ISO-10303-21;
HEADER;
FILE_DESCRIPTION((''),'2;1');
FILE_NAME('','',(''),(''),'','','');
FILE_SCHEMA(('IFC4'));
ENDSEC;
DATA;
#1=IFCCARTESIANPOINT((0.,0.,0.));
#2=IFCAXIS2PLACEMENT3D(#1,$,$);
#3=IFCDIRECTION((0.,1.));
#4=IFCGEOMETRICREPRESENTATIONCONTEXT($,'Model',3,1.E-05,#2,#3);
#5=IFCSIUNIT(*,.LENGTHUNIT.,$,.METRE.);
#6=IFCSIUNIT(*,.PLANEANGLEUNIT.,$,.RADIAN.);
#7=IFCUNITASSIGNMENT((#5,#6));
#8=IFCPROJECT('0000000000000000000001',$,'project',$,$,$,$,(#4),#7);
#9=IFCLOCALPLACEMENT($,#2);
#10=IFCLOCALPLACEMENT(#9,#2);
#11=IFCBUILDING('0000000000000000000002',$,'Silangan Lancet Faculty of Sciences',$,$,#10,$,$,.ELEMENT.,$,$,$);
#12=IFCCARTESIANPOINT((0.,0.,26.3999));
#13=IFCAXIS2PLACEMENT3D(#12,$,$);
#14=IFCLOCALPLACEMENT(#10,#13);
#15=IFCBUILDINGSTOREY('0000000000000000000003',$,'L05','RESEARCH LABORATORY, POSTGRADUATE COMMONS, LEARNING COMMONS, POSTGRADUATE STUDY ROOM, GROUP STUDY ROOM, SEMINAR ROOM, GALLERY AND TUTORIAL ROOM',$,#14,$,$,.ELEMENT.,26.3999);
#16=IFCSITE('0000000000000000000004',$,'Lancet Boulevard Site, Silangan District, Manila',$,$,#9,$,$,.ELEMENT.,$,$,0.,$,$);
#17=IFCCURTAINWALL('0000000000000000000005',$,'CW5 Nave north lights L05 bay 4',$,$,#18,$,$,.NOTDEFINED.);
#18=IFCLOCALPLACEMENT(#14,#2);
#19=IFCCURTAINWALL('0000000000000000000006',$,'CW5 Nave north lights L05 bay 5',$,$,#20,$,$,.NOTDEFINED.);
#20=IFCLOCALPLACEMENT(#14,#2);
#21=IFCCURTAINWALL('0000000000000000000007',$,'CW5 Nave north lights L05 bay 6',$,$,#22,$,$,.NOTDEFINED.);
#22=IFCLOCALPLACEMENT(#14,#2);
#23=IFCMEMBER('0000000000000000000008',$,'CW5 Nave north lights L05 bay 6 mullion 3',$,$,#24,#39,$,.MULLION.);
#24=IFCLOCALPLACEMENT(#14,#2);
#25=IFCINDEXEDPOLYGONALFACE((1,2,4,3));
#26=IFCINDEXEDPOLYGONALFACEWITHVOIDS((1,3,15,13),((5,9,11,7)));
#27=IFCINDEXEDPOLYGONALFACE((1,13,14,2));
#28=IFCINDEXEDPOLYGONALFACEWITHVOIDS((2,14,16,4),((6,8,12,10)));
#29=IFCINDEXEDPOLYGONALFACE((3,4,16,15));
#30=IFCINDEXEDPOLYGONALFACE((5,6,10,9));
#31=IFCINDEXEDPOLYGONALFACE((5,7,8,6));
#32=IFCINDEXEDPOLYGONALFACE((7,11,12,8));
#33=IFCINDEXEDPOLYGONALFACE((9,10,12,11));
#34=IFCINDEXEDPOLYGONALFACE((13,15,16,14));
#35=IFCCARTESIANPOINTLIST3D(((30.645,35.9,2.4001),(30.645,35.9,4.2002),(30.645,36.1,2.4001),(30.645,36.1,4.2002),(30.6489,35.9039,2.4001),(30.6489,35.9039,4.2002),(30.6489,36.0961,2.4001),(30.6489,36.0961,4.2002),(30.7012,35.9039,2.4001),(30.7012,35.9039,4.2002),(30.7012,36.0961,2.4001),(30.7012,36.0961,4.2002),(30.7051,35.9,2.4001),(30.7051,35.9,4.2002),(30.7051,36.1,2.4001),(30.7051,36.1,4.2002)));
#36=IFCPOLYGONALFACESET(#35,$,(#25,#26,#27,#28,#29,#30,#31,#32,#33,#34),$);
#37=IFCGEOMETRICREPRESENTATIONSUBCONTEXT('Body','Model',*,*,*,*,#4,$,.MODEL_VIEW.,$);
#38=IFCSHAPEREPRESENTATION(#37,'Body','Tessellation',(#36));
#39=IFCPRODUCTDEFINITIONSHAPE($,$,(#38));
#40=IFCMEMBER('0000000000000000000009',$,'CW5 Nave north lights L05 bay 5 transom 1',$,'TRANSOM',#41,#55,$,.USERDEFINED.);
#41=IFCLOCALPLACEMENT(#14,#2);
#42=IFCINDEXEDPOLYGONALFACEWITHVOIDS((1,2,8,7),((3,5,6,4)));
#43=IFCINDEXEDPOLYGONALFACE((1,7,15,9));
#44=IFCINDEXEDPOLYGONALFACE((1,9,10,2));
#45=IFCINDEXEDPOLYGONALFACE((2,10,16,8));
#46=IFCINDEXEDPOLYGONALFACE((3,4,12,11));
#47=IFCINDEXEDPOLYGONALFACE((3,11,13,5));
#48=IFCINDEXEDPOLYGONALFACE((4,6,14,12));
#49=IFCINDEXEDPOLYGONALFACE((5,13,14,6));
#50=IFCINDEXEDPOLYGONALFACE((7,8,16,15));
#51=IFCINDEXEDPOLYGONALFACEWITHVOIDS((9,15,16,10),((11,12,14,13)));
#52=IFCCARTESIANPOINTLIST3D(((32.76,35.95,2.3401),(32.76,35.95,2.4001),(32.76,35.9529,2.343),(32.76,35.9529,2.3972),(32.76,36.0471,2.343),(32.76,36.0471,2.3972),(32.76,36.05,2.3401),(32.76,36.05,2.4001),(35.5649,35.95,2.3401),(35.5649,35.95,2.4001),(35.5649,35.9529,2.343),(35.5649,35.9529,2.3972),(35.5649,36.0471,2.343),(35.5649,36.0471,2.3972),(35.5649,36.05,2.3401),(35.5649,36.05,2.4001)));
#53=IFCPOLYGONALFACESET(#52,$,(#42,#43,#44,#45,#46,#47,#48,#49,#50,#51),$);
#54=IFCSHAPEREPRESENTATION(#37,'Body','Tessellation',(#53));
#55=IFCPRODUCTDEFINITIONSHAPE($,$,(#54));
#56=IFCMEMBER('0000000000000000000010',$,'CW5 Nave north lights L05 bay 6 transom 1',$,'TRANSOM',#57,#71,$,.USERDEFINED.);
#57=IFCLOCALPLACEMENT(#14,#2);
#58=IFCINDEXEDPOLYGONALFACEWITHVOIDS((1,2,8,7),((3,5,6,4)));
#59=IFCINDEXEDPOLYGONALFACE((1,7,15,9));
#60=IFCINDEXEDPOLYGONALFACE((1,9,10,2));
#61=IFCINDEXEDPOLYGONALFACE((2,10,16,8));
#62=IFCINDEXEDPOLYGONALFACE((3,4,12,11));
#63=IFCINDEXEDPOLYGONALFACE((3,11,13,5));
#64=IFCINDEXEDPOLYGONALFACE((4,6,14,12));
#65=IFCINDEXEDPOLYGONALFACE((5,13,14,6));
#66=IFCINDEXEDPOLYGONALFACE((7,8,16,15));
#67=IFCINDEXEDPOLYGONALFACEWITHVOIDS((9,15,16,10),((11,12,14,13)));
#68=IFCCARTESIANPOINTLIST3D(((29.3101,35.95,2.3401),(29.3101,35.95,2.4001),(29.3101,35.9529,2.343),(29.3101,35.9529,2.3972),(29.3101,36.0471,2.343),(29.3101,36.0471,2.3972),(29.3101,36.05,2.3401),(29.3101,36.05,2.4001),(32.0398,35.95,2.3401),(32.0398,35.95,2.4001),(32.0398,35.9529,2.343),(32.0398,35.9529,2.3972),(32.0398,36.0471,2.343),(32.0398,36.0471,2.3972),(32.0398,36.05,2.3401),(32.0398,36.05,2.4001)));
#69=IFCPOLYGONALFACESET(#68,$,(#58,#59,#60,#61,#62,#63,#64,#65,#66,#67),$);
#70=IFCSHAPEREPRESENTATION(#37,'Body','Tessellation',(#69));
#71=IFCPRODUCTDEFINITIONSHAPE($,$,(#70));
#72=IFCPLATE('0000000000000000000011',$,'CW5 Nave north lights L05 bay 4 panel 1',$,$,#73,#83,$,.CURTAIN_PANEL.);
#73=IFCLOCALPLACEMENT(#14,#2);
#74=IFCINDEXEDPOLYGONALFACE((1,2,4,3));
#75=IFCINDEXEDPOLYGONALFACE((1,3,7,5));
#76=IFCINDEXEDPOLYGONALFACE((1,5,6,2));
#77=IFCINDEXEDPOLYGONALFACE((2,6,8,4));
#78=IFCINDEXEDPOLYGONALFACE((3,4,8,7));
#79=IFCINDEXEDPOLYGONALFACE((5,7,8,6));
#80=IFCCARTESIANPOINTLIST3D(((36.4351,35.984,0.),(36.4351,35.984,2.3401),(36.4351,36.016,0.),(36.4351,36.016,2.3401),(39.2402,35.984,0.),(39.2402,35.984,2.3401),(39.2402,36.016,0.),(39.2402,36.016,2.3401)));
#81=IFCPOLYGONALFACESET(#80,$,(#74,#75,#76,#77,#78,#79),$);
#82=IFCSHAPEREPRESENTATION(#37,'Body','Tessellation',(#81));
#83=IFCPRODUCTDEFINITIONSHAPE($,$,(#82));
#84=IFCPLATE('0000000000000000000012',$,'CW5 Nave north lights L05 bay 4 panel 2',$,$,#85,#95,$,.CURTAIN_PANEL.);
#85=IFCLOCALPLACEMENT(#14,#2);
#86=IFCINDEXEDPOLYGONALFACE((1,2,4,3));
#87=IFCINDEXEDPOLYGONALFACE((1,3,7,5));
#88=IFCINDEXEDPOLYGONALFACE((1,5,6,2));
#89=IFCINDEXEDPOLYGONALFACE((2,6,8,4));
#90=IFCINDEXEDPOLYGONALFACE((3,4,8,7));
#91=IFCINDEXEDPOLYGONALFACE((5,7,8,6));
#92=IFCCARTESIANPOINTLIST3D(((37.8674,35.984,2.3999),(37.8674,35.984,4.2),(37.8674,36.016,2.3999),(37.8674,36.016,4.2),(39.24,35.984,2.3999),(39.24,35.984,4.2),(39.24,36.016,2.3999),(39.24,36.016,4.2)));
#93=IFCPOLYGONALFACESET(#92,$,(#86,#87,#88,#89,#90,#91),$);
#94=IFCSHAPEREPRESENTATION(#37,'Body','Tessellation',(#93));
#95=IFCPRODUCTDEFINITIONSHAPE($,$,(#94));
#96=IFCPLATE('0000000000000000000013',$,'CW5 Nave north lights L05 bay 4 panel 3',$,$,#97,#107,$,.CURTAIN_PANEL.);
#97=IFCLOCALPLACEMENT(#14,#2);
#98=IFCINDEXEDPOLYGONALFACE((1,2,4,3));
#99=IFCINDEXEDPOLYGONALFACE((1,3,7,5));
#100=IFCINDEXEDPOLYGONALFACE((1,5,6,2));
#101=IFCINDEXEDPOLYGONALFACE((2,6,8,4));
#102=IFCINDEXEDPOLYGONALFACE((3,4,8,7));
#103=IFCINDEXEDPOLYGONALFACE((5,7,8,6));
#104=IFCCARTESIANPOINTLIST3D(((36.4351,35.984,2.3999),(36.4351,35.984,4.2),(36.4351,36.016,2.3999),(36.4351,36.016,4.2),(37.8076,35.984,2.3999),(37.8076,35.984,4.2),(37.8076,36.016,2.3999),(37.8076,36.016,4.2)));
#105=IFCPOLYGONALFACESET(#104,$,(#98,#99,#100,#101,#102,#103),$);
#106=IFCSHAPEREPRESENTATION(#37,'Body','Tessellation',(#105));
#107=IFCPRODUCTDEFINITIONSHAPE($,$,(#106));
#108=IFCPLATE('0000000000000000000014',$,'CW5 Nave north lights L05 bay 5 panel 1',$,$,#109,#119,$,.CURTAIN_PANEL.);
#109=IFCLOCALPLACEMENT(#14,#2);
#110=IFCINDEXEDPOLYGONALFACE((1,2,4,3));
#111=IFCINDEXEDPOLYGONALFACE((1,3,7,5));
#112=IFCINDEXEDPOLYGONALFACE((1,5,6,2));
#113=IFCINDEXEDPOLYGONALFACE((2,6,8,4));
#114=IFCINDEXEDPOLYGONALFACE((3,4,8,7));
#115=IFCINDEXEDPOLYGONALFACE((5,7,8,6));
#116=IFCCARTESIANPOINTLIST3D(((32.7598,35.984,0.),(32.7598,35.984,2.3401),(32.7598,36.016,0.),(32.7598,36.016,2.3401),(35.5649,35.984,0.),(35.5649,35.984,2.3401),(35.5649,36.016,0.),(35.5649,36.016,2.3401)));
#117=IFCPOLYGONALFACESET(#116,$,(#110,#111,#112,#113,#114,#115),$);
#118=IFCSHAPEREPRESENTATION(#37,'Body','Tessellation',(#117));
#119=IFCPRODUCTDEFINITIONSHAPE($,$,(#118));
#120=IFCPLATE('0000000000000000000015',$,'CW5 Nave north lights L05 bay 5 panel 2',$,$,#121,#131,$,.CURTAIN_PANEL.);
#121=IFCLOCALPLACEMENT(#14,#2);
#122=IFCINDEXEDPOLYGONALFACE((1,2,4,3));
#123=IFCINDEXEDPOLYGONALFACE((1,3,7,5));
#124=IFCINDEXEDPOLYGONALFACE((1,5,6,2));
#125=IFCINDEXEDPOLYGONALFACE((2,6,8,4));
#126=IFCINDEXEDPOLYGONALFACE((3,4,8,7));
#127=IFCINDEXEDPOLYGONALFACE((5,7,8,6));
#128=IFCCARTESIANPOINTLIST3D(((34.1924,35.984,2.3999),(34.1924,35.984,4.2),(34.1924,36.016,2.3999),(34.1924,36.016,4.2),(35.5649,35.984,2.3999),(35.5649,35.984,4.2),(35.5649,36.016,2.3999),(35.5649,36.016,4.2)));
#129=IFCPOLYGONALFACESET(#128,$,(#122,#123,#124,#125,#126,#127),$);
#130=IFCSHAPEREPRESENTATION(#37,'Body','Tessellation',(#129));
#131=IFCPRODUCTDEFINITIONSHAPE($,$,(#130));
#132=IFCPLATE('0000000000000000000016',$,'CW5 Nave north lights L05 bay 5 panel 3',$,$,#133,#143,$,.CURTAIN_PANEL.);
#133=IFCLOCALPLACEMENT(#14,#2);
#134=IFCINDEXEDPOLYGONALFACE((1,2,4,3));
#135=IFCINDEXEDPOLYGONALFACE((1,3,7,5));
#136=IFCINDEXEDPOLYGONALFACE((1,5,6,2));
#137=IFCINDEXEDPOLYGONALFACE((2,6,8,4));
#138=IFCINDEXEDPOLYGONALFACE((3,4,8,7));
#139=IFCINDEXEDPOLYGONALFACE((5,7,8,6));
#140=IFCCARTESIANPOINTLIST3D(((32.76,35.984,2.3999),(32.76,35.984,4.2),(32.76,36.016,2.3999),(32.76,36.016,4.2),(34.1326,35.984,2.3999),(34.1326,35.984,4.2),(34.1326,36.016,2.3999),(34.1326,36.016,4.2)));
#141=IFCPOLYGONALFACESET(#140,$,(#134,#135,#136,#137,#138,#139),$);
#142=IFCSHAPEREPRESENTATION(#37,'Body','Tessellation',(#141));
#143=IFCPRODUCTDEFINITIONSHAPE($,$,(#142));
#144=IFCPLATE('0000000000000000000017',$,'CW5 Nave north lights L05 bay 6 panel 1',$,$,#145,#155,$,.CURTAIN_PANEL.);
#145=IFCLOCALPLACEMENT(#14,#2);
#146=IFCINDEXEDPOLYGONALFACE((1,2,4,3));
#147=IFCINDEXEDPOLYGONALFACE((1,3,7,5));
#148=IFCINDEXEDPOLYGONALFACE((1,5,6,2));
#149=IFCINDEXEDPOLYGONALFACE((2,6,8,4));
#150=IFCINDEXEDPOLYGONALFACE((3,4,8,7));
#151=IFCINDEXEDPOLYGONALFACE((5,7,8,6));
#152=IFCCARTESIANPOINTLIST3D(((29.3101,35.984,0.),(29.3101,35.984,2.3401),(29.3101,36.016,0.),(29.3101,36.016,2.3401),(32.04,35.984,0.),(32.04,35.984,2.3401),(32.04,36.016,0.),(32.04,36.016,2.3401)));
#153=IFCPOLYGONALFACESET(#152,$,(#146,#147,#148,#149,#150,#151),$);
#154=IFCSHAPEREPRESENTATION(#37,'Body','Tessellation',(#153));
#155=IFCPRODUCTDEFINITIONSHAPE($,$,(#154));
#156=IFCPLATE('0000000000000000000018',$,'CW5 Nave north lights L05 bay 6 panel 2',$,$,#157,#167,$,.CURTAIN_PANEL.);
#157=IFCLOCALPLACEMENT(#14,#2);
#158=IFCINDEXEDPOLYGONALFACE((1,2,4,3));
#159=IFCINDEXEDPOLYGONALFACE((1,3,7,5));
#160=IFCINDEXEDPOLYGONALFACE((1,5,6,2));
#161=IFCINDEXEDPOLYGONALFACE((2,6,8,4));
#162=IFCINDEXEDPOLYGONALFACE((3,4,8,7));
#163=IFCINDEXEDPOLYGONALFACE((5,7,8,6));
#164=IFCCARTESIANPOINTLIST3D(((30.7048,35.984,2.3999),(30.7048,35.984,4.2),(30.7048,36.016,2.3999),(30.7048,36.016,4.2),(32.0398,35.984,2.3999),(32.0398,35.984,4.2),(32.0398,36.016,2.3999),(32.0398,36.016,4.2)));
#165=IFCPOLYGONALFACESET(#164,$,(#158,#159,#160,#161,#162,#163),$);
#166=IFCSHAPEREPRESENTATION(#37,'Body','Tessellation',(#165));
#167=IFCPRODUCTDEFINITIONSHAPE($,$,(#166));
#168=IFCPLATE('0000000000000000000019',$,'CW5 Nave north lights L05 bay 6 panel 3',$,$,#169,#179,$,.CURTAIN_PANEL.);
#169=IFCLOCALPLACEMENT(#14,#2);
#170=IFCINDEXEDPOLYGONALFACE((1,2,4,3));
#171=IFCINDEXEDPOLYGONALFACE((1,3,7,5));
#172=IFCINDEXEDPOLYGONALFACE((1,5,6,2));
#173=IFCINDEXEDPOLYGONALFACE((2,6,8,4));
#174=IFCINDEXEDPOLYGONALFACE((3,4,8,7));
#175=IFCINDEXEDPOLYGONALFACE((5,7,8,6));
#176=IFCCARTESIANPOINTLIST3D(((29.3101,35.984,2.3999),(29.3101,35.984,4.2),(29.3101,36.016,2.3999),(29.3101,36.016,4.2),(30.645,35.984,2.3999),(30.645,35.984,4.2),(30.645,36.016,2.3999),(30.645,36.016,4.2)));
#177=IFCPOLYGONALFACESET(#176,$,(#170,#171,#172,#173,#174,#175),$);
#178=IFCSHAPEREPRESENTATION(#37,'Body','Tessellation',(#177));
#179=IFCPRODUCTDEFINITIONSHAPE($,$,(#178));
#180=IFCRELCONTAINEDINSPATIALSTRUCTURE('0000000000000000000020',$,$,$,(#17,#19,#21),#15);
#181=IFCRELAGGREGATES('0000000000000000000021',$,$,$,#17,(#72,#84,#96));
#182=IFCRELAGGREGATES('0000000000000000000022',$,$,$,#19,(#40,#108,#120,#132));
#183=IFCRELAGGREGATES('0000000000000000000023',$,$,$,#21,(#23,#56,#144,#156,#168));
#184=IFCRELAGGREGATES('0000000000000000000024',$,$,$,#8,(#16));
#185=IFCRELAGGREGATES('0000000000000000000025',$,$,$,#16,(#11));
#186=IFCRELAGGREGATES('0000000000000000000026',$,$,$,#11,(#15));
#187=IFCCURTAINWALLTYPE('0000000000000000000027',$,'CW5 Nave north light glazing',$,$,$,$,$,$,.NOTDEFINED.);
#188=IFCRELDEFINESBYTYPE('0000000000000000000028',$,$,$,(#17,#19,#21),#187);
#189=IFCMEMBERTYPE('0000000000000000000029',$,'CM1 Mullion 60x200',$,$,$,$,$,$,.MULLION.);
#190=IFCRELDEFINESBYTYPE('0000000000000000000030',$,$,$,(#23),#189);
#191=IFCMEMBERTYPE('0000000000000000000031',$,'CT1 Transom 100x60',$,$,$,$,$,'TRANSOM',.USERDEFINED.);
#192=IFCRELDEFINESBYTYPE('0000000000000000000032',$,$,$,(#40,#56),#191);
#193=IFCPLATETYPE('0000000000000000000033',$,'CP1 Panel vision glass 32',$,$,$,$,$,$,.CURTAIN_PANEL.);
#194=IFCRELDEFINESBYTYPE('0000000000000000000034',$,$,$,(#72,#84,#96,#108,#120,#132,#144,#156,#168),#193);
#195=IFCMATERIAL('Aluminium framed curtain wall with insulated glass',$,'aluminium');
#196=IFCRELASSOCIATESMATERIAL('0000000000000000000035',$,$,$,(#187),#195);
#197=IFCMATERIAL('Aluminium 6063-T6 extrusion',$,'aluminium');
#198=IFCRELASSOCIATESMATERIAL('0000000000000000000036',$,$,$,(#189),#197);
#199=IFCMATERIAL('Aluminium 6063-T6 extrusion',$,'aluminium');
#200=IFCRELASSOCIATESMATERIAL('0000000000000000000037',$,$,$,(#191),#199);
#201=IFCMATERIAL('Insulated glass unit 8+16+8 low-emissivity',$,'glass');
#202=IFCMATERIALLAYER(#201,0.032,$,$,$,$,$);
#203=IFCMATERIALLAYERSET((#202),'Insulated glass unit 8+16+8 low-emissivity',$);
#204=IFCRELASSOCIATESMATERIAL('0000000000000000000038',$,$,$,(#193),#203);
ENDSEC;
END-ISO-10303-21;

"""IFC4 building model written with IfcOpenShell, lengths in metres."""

from ifc_helpers import new_model, si_unit, direction, frame, origin, origin_2d, place, context, subcontext, project, spatial, rectangle, hollow_rectangle, extrude, material, layer, layer_set, material_profile, profile_set, type_object, element, aggregate, save


model = new_model("IFC4")

# Units and contexts
model_context = context("Model", 3, precision=1e-05, world=origin(), true_north=direction((0.0, 1.0)))
body_context = subcontext(model_context, "Body", "Model", "MODEL_VIEW")
ifc_project = project(units=[si_unit("LENGTHUNIT", "METRE"), si_unit("PLANEANGLEUNIT", "RADIAN")], contexts=[model_context])

# Site, building, storey
site_placement = place(None, origin())
site = spatial("IfcSite", under=ifc_project, at=site_placement, Name="Lancet Boulevard Site, Silangan District, Manila", CompositionType="ELEMENT", RefElevation=0.0)
building_placement = place(site_placement, origin())
building = spatial("IfcBuilding", under=site, at=building_placement, Name="Silangan Lancet Faculty of Sciences", CompositionType="ELEMENT")
storey_placement = place(building_placement, frame((0.0, 0.0, 26.3999)))
storey = spatial("IfcBuildingStorey", under=building, at=storey_placement, Name="L05", Description="RESEARCH LABORATORY, POSTGRADUATE COMMONS, LEARNING COMMONS, POSTGRADUATE STUDY ROOM, GROUP STUDY ROOM, SEMINAR ROOM, GALLERY AND TUTORIAL ROOM", CompositionType="ELEMENT", Elevation=26.3999)

# Curtain walls, member
ifc_material_1 = material(Name="Aluminium framed curtain wall with insulated glass", Category="aluminium")
curtain_wall_type = type_object("IfcCurtainWallType", Name="CW5 Nave north light glazing", PredefinedType="NOTDEFINED", material=ifc_material_1)
curtain_wall_1_placement = place(storey_placement, origin())
curtain_wall_1 = element("IfcCurtainWall", 1, at=curtain_wall_1_placement, inside=storey, type_object=curtain_wall_type, Name="CW5 Nave north lights L05 bay 4", PredefinedType="NOTDEFINED")
ifc_material_2 = material(Name="Aluminium 6063-T6 extrusion", Category="aluminium")
ifc_material_profile_1 = material_profile(ifc_material_2, hollow_rectangle(XDim=0.0601, YDim=0.2, WallThickness=0.0039, at=origin_2d()), Name="AL BOX 60x200x4")
ifc_profile_set_1 = profile_set([ifc_material_profile_1], Name="Aluminium 6063-T6 extrusion")
member_type_1 = type_object("IfcMemberType", Name="CM1 Mullion 60x200", PredefinedType="MULLION", material=ifc_profile_set_1)
curtain_wall_2_placement = place(storey_placement, origin())
curtain_wall_2 = element("IfcCurtainWall", 2, at=curtain_wall_2_placement, inside=storey, type_object=curtain_wall_type, Name="CW5 Nave north lights L05 bay 5", PredefinedType="NOTDEFINED")
curtain_wall_3_placement = place(storey_placement, origin())
curtain_wall_3 = element("IfcCurtainWall", 3, at=curtain_wall_3_placement, inside=storey, type_object=curtain_wall_type, Name="CW5 Nave north lights L05 bay 6", PredefinedType="NOTDEFINED")
member_1_placement = place(storey_placement, frame((30.675, 36.0, 2.4001), z_axis=(0.0, 0.0, 1.0), x_axis=(-1.0, 0.0, 0.0)))
member_1 = element("IfcMember", 4, at=member_1_placement, type_object=member_type_1, Name="CW5 Nave north lights L05 bay 6 mullion 3", PredefinedType="MULLION", context=body_context, shape_type="SweptSolid", body=[
    extrude(hollow_rectangle(XDim=0.0601, YDim=0.2, WallThickness=0.0039, at=origin_2d()), origin(), (0.0, 0.0, 1.0), 1.8),
])

# Members
ifc_material_3 = material(Name="Aluminium 6063-T6 extrusion", Category="aluminium")
ifc_material_profile_2 = material_profile(ifc_material_3, hollow_rectangle(XDim=0.1001, YDim=0.0601, WallThickness=0.0029, at=origin_2d()), Name="AL BOX 100x60x3")
ifc_profile_set_2 = profile_set([ifc_material_profile_2], Name="Aluminium 6063-T6 extrusion")
member_type_2 = type_object("IfcMemberType", Name="CT1 Transom 100x60", ElementType="TRANSOM", PredefinedType="USERDEFINED", material=ifc_profile_set_2)
member_2_placement = place(storey_placement, frame((35.5649, 36.0, 2.3701), z_axis=(-1.0, 0.0, 0.0), x_axis=(0.0, -1.0, 0.0)))
member_2 = element("IfcMember", 5, at=member_2_placement, type_object=member_type_2, Name="CW5 Nave north lights L05 bay 5 transom 1", ObjectType="TRANSOM", PredefinedType="USERDEFINED", context=body_context, shape_type="SweptSolid", body=[
    extrude(hollow_rectangle(XDim=0.1001, YDim=0.0601, WallThickness=0.0029, at=origin_2d()), origin(), (0.0, 0.0, 1.0), 2.8049),
])
member_3_placement = place(storey_placement, frame((32.0398, 36.0, 2.3701), z_axis=(-1.0, 0.0, 0.0), x_axis=(0.0, -1.0, 0.0)))
member_3 = element("IfcMember", 6, at=member_3_placement, type_object=member_type_2, Name="CW5 Nave north lights L05 bay 6 transom 1", ObjectType="TRANSOM", PredefinedType="USERDEFINED", context=body_context, shape_type="SweptSolid", body=[
    extrude(hollow_rectangle(XDim=0.1001, YDim=0.0601, WallThickness=0.0029, at=origin_2d()), origin(), (0.0, 0.0, 1.0), 2.7297),
])

# Plates
ifc_material_4 = material(Name="Insulated glass unit 8+16+8 low-emissivity", Category="glass")
ifc_layer = layer(ifc_material_4, 0.032)
ifc_layer_set = layer_set([ifc_layer], Name="Insulated glass unit 8+16+8 low-emissivity")
plate_type = type_object("IfcPlateType", Name="CP1 Panel vision glass 32", PredefinedType="CURTAIN_PANEL", material=ifc_layer_set)
plate_1_placement = place(storey_placement, frame((37.8376, 36.0, 0.0), z_axis=(0.0, 0.0, 1.0), x_axis=(-1.0, 0.0, 0.0)))
plate_1 = element("IfcPlate", 7, at=plate_1_placement, type_object=plate_type, Name="CW5 Nave north lights L05 bay 4 panel 1", PredefinedType="CURTAIN_PANEL", context=body_context, shape_type="SweptSolid", body=[
    extrude(rectangle(XDim=2.8052, YDim=0.032, at=origin_2d()), origin(), (0.0, 0.0, 1.0), 2.3401),
])
plate_2_placement = place(storey_placement, frame((38.5537, 36.0, 2.3999), z_axis=(0.0, 0.0, 1.0), x_axis=(-1.0, 0.0, 0.0)))
plate_2 = element("IfcPlate", 8, at=plate_2_placement, type_object=plate_type, Name="CW5 Nave north lights L05 bay 4 panel 2", PredefinedType="CURTAIN_PANEL", context=body_context, shape_type="SweptSolid", body=[
    extrude(rectangle(XDim=1.3726, YDim=0.032, at=origin_2d()), origin(), (0.0, 0.0, 1.0), 1.8),
])
plate_3_placement = place(storey_placement, frame((37.1213, 36.0, 2.3999), z_axis=(0.0, 0.0, 1.0), x_axis=(-1.0, 0.0, 0.0)))
plate_3 = element("IfcPlate", 9, at=plate_3_placement, type_object=plate_type, Name="CW5 Nave north lights L05 bay 4 panel 3", PredefinedType="CURTAIN_PANEL", context=body_context, shape_type="SweptSolid", body=[
    extrude(rectangle(XDim=1.3726, YDim=0.032, at=origin_2d()), origin(), (0.0, 0.0, 1.0), 1.8),
])
aggregate(curtain_wall_1, [plate_1, plate_2, plate_3])
plate_4_placement = place(storey_placement, frame((34.1624, 36.0, 0.0), z_axis=(0.0, 0.0, 1.0), x_axis=(-1.0, 0.0, 0.0)))
plate_4 = element("IfcPlate", 10, at=plate_4_placement, type_object=plate_type, Name="CW5 Nave north lights L05 bay 5 panel 1", PredefinedType="CURTAIN_PANEL", context=body_context, shape_type="SweptSolid", body=[
    extrude(rectangle(XDim=2.8052, YDim=0.032, at=origin_2d()), origin(), (0.0, 0.0, 1.0), 2.3401),
])
plate_5_placement = place(storey_placement, frame((34.8787, 36.0, 2.3999), z_axis=(0.0, 0.0, 1.0), x_axis=(-1.0, 0.0, 0.0)))
plate_5 = element("IfcPlate", 11, at=plate_5_placement, type_object=plate_type, Name="CW5 Nave north lights L05 bay 5 panel 2", PredefinedType="CURTAIN_PANEL", context=body_context, shape_type="SweptSolid", body=[
    extrude(rectangle(XDim=1.3726, YDim=0.032, at=origin_2d()), origin(), (0.0, 0.0, 1.0), 1.8),
])
plate_6_placement = place(storey_placement, frame((33.4463, 36.0, 2.3999), z_axis=(0.0, 0.0, 1.0), x_axis=(-1.0, 0.0, 0.0)))
plate_6 = element("IfcPlate", 12, at=plate_6_placement, type_object=plate_type, Name="CW5 Nave north lights L05 bay 5 panel 3", PredefinedType="CURTAIN_PANEL", context=body_context, shape_type="SweptSolid", body=[
    extrude(rectangle(XDim=1.3726, YDim=0.032, at=origin_2d()), origin(), (0.0, 0.0, 1.0), 1.8),
])
aggregate(curtain_wall_2, [member_2, plate_4, plate_5, plate_6])
plate_7_placement = place(storey_placement, frame((30.675, 36.0, 0.0), z_axis=(0.0, 0.0, 1.0), x_axis=(-1.0, 0.0, 0.0)))
plate_7 = element("IfcPlate", 13, at=plate_7_placement, type_object=plate_type, Name="CW5 Nave north lights L05 bay 6 panel 1", PredefinedType="CURTAIN_PANEL", context=body_context, shape_type="SweptSolid", body=[
    extrude(rectangle(XDim=2.73, YDim=0.032, at=origin_2d()), origin(), (0.0, 0.0, 1.0), 2.3401),
])
plate_8_placement = place(storey_placement, frame((31.3723, 36.0, 2.3999), z_axis=(0.0, 0.0, 1.0), x_axis=(-1.0, 0.0, 0.0)))
plate_8 = element("IfcPlate", 14, at=plate_8_placement, type_object=plate_type, Name="CW5 Nave north lights L05 bay 6 panel 2", PredefinedType="CURTAIN_PANEL", context=body_context, shape_type="SweptSolid", body=[
    extrude(rectangle(XDim=1.335, YDim=0.032, at=origin_2d()), origin(), (0.0, 0.0, 1.0), 1.8),
])
plate_9_placement = place(storey_placement, frame((29.9775, 36.0, 2.3999), z_axis=(0.0, 0.0, 1.0), x_axis=(-1.0, 0.0, 0.0)))
plate_9 = element("IfcPlate", 15, at=plate_9_placement, type_object=plate_type, Name="CW5 Nave north lights L05 bay 6 panel 3", PredefinedType="CURTAIN_PANEL", context=body_context, shape_type="SweptSolid", body=[
    extrude(rectangle(XDim=1.335, YDim=0.032, at=origin_2d()), origin(), (0.0, 0.0, 1.0), 1.8),
])
aggregate(curtain_wall_3, [member_1, member_3, plate_7, plate_8, plate_9])

save(model, "model.ifc")
